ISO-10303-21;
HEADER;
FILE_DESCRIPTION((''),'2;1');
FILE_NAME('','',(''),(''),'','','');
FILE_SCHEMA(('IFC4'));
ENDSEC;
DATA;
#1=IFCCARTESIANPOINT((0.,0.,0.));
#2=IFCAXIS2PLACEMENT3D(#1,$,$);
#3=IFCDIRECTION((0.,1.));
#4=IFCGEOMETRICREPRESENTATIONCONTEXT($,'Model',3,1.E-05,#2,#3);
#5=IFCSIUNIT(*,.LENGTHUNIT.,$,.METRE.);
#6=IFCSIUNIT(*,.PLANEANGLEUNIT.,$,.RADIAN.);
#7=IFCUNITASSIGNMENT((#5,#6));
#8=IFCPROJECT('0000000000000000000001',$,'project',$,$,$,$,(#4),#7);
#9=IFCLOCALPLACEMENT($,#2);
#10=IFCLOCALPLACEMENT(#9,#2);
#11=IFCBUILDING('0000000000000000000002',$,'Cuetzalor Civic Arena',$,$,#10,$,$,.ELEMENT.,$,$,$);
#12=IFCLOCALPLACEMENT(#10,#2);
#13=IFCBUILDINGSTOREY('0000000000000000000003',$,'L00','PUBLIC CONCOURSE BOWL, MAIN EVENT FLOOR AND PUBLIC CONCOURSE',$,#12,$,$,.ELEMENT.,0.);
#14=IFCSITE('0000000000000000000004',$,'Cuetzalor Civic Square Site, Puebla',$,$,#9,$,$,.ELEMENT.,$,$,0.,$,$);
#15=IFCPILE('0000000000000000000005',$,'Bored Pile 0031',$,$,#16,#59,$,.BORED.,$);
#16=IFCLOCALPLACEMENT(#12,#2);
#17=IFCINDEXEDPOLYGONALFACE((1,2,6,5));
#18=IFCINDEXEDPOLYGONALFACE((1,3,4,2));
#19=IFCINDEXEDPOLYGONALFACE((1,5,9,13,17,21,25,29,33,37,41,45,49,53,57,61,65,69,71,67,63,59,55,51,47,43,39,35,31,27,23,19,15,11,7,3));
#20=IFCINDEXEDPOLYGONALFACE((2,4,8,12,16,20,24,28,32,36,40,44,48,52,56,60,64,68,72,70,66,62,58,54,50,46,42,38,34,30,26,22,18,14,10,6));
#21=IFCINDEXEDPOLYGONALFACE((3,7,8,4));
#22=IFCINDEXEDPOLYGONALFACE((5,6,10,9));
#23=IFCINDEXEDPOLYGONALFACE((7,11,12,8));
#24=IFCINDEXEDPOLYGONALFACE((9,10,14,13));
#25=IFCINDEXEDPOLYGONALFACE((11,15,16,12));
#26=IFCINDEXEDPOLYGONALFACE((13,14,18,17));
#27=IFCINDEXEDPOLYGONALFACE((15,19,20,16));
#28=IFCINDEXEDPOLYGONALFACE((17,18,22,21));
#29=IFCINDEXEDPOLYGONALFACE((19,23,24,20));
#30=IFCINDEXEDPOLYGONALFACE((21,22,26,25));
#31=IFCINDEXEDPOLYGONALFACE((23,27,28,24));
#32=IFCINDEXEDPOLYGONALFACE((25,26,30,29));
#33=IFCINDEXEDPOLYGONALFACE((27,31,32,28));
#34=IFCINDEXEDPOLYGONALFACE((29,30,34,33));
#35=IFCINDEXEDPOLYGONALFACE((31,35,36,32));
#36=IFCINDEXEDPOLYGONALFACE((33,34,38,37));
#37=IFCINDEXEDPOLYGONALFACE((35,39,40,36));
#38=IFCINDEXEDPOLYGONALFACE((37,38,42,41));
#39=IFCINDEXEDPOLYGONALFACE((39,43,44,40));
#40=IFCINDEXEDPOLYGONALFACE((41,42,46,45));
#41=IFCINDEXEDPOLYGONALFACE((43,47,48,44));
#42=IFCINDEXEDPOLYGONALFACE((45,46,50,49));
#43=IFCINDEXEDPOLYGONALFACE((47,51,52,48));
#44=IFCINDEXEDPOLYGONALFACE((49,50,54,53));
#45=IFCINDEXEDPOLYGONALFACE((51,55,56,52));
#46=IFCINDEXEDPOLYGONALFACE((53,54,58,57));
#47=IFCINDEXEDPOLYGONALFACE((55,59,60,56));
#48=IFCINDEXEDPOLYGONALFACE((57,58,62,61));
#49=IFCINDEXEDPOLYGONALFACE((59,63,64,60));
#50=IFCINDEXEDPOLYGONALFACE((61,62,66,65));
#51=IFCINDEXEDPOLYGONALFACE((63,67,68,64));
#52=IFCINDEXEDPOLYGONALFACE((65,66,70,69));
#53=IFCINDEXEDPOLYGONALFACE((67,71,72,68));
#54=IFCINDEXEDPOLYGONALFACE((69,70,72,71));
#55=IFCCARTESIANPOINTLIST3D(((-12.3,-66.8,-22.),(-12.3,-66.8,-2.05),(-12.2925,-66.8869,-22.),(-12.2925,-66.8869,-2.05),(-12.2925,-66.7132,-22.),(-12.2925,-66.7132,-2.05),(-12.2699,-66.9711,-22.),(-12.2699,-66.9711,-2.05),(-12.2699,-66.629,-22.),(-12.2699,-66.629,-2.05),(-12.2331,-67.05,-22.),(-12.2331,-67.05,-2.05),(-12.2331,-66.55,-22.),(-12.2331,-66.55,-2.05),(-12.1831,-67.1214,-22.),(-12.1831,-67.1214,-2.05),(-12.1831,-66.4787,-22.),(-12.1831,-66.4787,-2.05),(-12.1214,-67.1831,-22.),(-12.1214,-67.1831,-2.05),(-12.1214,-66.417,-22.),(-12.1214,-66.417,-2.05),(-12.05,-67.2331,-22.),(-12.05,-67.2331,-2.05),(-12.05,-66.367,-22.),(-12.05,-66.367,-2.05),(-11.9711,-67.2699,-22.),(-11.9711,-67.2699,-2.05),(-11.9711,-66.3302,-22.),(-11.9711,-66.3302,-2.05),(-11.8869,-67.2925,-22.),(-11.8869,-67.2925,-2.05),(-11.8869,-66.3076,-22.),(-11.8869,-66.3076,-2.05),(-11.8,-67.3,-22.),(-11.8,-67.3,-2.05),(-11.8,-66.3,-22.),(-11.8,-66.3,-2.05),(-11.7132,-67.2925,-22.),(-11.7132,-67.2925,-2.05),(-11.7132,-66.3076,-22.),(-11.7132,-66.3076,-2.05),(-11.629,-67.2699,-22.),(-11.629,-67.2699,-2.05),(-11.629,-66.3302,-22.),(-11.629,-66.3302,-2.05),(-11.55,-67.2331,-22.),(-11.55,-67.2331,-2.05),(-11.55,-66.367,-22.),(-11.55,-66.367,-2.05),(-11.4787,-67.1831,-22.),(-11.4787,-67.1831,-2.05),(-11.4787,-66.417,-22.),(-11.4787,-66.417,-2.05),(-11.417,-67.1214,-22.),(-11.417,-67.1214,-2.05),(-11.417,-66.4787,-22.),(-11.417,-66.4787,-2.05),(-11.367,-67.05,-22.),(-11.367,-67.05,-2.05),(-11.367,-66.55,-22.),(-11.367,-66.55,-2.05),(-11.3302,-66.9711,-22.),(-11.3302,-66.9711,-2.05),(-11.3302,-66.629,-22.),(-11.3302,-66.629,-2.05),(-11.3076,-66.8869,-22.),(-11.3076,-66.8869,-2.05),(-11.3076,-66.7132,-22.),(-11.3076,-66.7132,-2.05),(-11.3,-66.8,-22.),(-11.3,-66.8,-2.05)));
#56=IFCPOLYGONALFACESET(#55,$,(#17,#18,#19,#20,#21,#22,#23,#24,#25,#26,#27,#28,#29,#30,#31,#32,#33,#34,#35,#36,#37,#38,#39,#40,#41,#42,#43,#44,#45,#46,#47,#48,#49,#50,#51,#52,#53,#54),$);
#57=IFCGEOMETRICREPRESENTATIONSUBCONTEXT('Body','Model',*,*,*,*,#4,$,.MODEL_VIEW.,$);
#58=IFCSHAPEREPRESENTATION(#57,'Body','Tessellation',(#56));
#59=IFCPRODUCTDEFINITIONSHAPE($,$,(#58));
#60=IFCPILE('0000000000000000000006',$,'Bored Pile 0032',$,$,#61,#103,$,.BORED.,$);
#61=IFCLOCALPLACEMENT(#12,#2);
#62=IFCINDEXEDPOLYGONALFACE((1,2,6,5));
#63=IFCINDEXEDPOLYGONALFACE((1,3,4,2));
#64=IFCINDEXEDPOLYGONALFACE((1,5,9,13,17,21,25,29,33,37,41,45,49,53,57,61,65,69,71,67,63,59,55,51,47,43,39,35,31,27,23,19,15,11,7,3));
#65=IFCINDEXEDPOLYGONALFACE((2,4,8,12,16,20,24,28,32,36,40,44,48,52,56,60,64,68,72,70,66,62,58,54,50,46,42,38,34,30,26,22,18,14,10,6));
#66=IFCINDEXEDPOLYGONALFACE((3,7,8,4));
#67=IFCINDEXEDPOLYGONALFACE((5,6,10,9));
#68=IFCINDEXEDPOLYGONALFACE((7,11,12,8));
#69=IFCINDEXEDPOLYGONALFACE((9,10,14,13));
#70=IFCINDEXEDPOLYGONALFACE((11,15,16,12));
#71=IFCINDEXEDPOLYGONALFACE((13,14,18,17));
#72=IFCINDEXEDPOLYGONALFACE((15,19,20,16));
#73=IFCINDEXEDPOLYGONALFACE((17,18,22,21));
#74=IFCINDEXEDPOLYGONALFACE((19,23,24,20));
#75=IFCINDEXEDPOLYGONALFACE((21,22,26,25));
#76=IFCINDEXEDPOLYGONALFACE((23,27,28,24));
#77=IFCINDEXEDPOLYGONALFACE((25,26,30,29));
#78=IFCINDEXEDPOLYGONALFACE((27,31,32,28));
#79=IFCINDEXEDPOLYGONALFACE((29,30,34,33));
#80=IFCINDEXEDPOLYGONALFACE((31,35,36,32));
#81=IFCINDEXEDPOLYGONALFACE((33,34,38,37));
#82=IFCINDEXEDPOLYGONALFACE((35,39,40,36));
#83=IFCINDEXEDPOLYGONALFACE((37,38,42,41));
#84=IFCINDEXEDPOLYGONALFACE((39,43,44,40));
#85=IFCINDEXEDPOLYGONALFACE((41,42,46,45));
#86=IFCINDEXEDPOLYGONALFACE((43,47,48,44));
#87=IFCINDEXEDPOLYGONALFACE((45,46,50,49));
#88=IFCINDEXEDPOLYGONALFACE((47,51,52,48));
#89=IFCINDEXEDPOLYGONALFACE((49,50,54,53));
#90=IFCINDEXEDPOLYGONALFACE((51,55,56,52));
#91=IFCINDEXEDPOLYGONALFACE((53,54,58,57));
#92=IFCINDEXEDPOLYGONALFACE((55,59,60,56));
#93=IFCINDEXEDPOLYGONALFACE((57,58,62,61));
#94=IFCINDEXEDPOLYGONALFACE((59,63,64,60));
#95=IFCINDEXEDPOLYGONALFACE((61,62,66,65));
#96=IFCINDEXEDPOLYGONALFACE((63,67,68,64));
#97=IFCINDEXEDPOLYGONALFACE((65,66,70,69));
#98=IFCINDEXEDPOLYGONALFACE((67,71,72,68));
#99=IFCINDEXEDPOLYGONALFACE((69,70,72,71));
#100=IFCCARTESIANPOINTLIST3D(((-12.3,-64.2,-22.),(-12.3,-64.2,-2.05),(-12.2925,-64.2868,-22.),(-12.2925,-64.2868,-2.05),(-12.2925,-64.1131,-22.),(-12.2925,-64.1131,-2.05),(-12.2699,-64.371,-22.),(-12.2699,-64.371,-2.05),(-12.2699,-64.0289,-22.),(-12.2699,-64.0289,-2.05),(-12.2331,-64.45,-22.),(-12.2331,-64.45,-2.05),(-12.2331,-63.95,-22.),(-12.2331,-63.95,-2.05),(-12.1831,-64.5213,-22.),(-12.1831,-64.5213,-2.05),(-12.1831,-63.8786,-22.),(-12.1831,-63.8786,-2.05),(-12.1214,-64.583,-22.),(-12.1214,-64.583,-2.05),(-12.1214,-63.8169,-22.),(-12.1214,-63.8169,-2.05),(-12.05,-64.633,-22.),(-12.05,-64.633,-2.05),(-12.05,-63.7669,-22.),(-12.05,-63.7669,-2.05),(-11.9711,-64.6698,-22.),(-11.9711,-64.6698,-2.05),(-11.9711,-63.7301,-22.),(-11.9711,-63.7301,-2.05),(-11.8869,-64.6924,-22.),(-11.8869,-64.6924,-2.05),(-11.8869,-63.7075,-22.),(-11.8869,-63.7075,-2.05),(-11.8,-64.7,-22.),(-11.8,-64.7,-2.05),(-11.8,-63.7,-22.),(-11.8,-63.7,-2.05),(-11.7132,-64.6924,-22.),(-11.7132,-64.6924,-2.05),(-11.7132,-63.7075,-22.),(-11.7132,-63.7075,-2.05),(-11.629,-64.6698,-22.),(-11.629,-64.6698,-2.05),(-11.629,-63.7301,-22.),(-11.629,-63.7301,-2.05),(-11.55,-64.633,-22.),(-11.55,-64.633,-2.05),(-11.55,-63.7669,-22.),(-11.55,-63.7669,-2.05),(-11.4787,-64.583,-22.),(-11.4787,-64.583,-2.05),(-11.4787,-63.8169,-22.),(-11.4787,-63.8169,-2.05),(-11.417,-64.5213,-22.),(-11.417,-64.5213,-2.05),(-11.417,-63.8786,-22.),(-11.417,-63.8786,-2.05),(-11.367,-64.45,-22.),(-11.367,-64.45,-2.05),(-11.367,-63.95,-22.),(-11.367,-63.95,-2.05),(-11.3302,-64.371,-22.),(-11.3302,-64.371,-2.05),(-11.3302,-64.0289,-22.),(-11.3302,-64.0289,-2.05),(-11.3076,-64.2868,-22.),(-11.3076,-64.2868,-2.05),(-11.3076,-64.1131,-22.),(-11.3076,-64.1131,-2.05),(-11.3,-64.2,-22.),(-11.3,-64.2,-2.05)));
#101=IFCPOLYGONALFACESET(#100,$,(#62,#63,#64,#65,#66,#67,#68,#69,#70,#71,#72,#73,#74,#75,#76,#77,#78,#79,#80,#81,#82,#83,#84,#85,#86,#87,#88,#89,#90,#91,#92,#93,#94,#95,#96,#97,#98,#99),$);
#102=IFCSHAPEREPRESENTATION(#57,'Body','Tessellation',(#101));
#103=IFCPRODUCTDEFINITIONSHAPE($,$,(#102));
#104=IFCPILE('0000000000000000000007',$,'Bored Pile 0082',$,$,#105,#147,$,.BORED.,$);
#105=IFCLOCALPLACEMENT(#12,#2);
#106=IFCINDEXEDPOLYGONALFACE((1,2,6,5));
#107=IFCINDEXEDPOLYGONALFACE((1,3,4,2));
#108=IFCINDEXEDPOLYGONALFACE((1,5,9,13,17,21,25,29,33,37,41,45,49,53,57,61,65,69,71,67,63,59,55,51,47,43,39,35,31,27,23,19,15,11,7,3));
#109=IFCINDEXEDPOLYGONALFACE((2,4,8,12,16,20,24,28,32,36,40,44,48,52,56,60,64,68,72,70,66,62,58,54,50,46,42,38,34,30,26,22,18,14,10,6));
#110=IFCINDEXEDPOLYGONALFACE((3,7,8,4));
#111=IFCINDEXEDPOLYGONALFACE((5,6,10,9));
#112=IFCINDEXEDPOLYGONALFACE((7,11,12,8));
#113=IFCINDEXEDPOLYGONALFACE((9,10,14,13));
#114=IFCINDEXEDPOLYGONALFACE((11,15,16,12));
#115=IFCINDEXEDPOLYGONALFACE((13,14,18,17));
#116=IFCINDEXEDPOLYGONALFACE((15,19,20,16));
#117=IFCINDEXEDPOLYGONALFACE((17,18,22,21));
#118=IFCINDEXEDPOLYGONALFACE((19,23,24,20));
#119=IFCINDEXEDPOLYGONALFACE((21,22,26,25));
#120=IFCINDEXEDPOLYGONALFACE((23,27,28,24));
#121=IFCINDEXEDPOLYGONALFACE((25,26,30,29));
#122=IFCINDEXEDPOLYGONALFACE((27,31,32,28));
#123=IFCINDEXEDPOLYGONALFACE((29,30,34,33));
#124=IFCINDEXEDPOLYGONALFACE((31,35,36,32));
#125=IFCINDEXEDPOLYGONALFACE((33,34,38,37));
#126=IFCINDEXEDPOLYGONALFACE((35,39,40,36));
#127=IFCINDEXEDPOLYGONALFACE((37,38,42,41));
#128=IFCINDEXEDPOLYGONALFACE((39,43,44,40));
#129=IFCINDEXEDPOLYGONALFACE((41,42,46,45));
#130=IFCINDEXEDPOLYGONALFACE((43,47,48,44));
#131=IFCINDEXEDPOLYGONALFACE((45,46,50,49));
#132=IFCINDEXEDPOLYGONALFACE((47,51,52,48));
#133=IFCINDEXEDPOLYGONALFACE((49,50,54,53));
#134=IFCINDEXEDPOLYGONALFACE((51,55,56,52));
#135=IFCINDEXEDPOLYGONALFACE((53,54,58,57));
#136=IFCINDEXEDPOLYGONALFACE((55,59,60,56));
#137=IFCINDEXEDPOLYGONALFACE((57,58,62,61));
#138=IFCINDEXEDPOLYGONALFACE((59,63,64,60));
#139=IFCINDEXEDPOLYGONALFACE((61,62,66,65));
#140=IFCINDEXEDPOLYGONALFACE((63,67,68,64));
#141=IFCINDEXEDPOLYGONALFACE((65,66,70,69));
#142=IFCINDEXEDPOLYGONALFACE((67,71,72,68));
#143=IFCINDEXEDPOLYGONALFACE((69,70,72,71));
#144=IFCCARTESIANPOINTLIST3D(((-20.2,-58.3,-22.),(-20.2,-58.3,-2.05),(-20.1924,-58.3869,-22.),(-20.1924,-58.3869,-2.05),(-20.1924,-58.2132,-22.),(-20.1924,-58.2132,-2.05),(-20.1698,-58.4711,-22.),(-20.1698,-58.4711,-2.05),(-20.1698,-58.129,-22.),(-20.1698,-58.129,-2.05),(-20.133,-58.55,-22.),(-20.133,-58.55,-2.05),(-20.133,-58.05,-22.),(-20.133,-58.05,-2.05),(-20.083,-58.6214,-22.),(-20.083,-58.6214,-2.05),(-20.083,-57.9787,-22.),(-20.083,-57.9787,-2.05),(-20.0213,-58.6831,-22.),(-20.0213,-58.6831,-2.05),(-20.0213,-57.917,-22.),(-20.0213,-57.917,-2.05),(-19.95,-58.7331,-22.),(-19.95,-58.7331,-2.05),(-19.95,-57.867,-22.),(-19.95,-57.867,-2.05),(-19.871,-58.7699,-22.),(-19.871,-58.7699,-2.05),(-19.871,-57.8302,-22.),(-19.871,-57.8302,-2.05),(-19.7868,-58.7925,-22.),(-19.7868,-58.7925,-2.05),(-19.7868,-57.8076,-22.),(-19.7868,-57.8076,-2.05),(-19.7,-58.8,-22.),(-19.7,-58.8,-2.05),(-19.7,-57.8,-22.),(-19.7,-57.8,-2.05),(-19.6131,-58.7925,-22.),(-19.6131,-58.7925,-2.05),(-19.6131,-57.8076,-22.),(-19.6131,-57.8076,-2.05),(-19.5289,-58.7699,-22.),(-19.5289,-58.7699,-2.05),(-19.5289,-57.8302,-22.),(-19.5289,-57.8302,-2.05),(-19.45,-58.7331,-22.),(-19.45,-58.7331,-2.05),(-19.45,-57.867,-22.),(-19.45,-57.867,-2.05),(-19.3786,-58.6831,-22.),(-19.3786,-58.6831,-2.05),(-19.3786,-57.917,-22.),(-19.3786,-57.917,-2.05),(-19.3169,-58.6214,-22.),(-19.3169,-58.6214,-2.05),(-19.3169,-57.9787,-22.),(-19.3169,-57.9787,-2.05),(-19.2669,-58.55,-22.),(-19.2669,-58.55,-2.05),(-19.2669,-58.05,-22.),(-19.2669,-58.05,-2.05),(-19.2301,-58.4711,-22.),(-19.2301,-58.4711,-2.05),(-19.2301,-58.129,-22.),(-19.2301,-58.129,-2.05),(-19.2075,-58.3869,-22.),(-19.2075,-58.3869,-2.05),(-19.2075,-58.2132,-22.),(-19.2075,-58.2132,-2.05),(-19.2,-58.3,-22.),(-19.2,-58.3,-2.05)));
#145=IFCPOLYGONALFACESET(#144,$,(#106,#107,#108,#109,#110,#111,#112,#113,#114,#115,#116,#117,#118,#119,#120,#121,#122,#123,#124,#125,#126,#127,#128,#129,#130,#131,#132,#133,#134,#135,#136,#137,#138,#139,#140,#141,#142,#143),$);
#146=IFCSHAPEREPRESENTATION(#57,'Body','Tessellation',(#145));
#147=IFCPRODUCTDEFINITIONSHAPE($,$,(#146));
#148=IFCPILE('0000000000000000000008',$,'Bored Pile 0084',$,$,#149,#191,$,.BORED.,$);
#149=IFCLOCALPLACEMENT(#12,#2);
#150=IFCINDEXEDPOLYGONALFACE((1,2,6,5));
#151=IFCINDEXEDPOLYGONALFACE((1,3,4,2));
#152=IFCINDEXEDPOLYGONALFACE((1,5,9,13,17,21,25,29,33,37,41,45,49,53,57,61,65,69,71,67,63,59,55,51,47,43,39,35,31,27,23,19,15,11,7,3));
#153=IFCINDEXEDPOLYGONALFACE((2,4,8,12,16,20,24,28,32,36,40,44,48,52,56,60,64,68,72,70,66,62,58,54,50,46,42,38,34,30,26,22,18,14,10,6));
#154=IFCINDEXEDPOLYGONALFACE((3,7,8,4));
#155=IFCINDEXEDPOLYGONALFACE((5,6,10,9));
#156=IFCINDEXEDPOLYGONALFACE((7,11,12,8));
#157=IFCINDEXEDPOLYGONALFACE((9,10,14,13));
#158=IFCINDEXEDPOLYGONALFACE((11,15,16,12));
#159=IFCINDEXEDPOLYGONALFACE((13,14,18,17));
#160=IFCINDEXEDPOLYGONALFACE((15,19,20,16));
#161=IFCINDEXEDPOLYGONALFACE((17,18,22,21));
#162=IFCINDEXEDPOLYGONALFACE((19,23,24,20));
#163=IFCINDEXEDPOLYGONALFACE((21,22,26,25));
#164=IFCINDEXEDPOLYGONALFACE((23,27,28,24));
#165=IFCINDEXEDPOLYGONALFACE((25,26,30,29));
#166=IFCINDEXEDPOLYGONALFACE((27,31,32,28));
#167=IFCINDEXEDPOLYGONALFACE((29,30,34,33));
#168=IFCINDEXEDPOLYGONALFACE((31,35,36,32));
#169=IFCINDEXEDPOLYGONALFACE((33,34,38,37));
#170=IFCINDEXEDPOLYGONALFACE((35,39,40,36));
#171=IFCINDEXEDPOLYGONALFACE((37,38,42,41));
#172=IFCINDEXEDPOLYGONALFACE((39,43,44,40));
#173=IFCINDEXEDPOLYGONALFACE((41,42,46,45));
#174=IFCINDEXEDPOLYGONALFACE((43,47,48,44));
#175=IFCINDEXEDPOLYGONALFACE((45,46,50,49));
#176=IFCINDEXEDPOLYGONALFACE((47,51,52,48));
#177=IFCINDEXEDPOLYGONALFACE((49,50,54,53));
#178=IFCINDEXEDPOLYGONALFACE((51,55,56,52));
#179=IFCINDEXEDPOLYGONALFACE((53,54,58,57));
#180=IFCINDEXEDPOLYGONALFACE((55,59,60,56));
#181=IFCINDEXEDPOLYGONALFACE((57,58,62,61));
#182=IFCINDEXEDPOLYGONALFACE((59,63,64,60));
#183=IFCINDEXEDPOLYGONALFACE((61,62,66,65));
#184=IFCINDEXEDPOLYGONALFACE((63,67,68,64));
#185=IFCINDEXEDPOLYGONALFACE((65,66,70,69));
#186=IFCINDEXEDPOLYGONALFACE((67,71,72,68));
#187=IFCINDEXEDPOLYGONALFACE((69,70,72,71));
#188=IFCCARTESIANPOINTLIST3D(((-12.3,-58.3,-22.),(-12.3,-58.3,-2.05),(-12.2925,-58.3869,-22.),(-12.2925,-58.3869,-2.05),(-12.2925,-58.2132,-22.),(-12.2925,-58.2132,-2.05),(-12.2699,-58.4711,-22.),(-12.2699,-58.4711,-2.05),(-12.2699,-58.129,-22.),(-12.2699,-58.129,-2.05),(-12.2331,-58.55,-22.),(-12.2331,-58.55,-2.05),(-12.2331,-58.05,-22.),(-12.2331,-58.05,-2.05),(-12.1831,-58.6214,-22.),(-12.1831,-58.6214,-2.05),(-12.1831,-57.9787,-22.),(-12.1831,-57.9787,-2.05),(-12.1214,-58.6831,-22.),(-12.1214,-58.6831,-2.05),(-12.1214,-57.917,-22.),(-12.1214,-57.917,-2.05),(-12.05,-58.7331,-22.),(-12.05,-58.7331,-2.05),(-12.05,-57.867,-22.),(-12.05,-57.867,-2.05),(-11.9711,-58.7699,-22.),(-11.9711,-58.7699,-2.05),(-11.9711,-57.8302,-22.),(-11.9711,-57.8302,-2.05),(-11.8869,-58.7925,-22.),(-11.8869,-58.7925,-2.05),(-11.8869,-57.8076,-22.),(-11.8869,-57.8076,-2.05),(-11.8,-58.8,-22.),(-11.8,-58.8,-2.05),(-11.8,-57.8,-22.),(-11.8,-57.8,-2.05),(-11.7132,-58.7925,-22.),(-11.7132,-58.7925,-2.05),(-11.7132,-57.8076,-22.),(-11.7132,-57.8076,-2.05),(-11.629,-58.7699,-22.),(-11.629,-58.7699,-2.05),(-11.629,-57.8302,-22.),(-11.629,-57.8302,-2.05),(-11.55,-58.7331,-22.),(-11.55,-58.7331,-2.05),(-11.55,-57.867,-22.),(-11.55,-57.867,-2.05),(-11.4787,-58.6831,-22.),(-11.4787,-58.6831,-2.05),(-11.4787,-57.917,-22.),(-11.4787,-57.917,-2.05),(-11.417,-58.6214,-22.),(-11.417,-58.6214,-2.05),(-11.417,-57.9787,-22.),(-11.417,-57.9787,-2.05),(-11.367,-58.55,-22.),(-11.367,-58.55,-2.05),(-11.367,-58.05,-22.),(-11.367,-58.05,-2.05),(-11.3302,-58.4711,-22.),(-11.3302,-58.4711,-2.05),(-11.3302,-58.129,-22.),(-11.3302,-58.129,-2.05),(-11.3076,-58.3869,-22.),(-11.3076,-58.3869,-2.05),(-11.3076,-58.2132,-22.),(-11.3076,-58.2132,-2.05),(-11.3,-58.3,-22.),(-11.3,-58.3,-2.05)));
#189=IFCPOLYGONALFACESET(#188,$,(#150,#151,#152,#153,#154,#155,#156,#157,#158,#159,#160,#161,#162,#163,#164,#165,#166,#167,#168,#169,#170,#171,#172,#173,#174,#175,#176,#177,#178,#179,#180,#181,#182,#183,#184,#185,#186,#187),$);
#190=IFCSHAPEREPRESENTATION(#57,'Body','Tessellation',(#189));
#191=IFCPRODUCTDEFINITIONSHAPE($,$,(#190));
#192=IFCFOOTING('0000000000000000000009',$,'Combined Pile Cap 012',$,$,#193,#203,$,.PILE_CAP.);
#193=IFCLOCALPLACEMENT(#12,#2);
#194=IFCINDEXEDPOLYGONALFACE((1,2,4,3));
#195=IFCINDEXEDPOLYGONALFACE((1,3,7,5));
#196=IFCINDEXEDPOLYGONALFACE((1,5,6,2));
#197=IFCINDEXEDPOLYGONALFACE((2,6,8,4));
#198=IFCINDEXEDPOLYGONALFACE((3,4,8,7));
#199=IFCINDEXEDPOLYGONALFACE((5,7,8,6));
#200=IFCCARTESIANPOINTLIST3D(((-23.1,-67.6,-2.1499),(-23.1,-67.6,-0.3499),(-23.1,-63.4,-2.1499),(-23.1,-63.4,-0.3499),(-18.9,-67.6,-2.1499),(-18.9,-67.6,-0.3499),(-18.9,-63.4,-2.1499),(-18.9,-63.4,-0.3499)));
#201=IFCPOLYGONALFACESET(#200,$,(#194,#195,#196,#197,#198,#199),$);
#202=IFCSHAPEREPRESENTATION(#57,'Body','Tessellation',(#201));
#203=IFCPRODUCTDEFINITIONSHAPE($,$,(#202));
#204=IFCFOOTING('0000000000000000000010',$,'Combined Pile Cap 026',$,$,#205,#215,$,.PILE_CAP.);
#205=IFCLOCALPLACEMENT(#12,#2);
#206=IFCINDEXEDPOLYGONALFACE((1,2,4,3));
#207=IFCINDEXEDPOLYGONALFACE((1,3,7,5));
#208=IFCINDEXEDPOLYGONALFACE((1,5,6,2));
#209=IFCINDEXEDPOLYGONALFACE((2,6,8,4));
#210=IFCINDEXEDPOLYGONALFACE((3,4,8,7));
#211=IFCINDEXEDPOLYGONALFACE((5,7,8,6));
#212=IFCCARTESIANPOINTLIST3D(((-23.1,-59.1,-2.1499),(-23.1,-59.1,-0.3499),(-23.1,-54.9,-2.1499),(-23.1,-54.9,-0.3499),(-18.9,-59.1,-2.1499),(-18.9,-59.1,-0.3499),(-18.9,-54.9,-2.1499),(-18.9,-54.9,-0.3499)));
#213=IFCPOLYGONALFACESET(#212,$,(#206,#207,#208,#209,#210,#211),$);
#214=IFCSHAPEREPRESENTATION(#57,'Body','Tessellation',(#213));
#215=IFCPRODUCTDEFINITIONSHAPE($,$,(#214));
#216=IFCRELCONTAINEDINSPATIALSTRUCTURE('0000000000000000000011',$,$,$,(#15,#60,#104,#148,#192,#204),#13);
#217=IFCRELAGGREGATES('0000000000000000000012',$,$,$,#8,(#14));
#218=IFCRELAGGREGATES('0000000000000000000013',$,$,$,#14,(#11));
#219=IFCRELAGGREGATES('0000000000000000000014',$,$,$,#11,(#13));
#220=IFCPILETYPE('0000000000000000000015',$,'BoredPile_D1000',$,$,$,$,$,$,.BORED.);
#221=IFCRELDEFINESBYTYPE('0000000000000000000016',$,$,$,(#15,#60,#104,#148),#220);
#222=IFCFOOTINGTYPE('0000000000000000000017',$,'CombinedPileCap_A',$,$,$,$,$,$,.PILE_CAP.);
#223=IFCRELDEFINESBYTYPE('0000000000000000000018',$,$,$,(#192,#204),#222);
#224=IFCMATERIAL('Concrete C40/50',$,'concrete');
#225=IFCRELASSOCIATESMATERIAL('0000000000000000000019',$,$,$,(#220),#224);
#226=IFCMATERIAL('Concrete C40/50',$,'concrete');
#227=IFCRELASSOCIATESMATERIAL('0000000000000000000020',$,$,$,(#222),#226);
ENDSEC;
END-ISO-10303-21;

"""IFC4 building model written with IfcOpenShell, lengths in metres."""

from ifc_helpers import new_model, si_unit, direction, frame, origin, origin_2d, place, context, subcontext, project, spatial, rectangle, circle, extrude, material, material_profile, profile_set, type_object, element, save


model = new_model("IFC4")

# Units and contexts
model_context = context("Model", 3, precision=1e-05, world=origin(), true_north=direction((0.0, 1.0)))
body_context = subcontext(model_context, "Body", "Model", "MODEL_VIEW")
ifc_project = project(units=[si_unit("LENGTHUNIT", "METRE"), si_unit("PLANEANGLEUNIT", "RADIAN")], contexts=[model_context])

# Site, building, storey
site_placement = place(None, origin())
site = spatial("IfcSite", under=ifc_project, at=site_placement, Name="Cuetzalor Civic Square Site, Puebla", CompositionType="ELEMENT", RefElevation=0.0)
building_placement = place(site_placement, origin())
building = spatial("IfcBuilding", under=site, at=building_placement, Name="Cuetzalor Civic Arena", CompositionType="ELEMENT")
storey_placement = place(building_placement, origin())
storey = spatial("IfcBuildingStorey", under=building, at=storey_placement, Name="L00", Description="PUBLIC CONCOURSE BOWL, MAIN EVENT FLOOR AND PUBLIC CONCOURSE", CompositionType="ELEMENT", Elevation=0.0)

# Piles
ifc_material_1 = material(Name="Concrete C40/50", Category="concrete")
ifc_material_profile_1 = material_profile(ifc_material_1, circle(Radius=0.5, at=origin_2d()), Name="BORED PILE D1000")
ifc_profile_set_1 = profile_set([ifc_material_profile_1], Name="Concrete C40/50")
pile_type = type_object("IfcPileType", Name="BoredPile_D1000", PredefinedType="BORED", material=ifc_profile_set_1)
for number, where, z_axis, x_axis, name in (
    (1, (-11.8, -66.8, -2.05), (0.0, 0.0, -1.0), (1.0, 0.0, 0.0), "Bored Pile 0031"),
    (2, (-11.8, -64.2, -2.05), (0.0, 0.0, -1.0), (1.0, 0.0, 0.0), "Bored Pile 0032"),
    (3, (-19.7, -58.3, -2.05), (0.0, 0.0, -1.0), (1.0, 0.0, 0.0), "Bored Pile 0082"),
    (4, (-11.8, -58.3, -2.05), (0.0, 0.0, -1.0), (1.0, 0.0, 0.0), "Bored Pile 0084"),
):
    element("IfcPile", number, at=place(storey_placement, frame(where, z_axis=z_axis, x_axis=x_axis)), inside=storey, type_object=pile_type, Name=name, PredefinedType="BORED", context=body_context, shape_type="SweptSolid", body=[
        extrude(circle(Radius=0.5, at=origin_2d()), origin(), (0.0, 0.0, 1.0), 19.95),
    ])

# Footings
ifc_material_2 = material(Name="Concrete C40/50", Category="concrete")
footing_type_1 = type_object("IfcFootingType", Name="CombinedPileCap_A", PredefinedType="PILE_CAP", material=ifc_material_2)
for number, where, z_axis, x_axis, name in (
    (5, (-21.0, -65.5, -2.1499), (0.0, 0.0, 1.0), (1.0, 0.0, 0.0), "Combined Pile Cap 012"),
    (6, (-21.0, -57.0, -2.1499), (0.0, 0.0, 1.0), (1.0, 0.0, 0.0), "Combined Pile Cap 026"),
):
    element("IfcFooting", number, at=place(storey_placement, frame(where, z_axis=z_axis, x_axis=x_axis)), inside=storey, type_object=footing_type_1, Name=name, PredefinedType="PILE_CAP", context=body_context, shape_type="SweptSolid", body=[
        extrude(rectangle(XDim=4.2, YDim=4.2, at=origin_2d()), origin(), (0.0, 0.0, 1.0), 1.8),
    ])

save(model, "model.ifc")
